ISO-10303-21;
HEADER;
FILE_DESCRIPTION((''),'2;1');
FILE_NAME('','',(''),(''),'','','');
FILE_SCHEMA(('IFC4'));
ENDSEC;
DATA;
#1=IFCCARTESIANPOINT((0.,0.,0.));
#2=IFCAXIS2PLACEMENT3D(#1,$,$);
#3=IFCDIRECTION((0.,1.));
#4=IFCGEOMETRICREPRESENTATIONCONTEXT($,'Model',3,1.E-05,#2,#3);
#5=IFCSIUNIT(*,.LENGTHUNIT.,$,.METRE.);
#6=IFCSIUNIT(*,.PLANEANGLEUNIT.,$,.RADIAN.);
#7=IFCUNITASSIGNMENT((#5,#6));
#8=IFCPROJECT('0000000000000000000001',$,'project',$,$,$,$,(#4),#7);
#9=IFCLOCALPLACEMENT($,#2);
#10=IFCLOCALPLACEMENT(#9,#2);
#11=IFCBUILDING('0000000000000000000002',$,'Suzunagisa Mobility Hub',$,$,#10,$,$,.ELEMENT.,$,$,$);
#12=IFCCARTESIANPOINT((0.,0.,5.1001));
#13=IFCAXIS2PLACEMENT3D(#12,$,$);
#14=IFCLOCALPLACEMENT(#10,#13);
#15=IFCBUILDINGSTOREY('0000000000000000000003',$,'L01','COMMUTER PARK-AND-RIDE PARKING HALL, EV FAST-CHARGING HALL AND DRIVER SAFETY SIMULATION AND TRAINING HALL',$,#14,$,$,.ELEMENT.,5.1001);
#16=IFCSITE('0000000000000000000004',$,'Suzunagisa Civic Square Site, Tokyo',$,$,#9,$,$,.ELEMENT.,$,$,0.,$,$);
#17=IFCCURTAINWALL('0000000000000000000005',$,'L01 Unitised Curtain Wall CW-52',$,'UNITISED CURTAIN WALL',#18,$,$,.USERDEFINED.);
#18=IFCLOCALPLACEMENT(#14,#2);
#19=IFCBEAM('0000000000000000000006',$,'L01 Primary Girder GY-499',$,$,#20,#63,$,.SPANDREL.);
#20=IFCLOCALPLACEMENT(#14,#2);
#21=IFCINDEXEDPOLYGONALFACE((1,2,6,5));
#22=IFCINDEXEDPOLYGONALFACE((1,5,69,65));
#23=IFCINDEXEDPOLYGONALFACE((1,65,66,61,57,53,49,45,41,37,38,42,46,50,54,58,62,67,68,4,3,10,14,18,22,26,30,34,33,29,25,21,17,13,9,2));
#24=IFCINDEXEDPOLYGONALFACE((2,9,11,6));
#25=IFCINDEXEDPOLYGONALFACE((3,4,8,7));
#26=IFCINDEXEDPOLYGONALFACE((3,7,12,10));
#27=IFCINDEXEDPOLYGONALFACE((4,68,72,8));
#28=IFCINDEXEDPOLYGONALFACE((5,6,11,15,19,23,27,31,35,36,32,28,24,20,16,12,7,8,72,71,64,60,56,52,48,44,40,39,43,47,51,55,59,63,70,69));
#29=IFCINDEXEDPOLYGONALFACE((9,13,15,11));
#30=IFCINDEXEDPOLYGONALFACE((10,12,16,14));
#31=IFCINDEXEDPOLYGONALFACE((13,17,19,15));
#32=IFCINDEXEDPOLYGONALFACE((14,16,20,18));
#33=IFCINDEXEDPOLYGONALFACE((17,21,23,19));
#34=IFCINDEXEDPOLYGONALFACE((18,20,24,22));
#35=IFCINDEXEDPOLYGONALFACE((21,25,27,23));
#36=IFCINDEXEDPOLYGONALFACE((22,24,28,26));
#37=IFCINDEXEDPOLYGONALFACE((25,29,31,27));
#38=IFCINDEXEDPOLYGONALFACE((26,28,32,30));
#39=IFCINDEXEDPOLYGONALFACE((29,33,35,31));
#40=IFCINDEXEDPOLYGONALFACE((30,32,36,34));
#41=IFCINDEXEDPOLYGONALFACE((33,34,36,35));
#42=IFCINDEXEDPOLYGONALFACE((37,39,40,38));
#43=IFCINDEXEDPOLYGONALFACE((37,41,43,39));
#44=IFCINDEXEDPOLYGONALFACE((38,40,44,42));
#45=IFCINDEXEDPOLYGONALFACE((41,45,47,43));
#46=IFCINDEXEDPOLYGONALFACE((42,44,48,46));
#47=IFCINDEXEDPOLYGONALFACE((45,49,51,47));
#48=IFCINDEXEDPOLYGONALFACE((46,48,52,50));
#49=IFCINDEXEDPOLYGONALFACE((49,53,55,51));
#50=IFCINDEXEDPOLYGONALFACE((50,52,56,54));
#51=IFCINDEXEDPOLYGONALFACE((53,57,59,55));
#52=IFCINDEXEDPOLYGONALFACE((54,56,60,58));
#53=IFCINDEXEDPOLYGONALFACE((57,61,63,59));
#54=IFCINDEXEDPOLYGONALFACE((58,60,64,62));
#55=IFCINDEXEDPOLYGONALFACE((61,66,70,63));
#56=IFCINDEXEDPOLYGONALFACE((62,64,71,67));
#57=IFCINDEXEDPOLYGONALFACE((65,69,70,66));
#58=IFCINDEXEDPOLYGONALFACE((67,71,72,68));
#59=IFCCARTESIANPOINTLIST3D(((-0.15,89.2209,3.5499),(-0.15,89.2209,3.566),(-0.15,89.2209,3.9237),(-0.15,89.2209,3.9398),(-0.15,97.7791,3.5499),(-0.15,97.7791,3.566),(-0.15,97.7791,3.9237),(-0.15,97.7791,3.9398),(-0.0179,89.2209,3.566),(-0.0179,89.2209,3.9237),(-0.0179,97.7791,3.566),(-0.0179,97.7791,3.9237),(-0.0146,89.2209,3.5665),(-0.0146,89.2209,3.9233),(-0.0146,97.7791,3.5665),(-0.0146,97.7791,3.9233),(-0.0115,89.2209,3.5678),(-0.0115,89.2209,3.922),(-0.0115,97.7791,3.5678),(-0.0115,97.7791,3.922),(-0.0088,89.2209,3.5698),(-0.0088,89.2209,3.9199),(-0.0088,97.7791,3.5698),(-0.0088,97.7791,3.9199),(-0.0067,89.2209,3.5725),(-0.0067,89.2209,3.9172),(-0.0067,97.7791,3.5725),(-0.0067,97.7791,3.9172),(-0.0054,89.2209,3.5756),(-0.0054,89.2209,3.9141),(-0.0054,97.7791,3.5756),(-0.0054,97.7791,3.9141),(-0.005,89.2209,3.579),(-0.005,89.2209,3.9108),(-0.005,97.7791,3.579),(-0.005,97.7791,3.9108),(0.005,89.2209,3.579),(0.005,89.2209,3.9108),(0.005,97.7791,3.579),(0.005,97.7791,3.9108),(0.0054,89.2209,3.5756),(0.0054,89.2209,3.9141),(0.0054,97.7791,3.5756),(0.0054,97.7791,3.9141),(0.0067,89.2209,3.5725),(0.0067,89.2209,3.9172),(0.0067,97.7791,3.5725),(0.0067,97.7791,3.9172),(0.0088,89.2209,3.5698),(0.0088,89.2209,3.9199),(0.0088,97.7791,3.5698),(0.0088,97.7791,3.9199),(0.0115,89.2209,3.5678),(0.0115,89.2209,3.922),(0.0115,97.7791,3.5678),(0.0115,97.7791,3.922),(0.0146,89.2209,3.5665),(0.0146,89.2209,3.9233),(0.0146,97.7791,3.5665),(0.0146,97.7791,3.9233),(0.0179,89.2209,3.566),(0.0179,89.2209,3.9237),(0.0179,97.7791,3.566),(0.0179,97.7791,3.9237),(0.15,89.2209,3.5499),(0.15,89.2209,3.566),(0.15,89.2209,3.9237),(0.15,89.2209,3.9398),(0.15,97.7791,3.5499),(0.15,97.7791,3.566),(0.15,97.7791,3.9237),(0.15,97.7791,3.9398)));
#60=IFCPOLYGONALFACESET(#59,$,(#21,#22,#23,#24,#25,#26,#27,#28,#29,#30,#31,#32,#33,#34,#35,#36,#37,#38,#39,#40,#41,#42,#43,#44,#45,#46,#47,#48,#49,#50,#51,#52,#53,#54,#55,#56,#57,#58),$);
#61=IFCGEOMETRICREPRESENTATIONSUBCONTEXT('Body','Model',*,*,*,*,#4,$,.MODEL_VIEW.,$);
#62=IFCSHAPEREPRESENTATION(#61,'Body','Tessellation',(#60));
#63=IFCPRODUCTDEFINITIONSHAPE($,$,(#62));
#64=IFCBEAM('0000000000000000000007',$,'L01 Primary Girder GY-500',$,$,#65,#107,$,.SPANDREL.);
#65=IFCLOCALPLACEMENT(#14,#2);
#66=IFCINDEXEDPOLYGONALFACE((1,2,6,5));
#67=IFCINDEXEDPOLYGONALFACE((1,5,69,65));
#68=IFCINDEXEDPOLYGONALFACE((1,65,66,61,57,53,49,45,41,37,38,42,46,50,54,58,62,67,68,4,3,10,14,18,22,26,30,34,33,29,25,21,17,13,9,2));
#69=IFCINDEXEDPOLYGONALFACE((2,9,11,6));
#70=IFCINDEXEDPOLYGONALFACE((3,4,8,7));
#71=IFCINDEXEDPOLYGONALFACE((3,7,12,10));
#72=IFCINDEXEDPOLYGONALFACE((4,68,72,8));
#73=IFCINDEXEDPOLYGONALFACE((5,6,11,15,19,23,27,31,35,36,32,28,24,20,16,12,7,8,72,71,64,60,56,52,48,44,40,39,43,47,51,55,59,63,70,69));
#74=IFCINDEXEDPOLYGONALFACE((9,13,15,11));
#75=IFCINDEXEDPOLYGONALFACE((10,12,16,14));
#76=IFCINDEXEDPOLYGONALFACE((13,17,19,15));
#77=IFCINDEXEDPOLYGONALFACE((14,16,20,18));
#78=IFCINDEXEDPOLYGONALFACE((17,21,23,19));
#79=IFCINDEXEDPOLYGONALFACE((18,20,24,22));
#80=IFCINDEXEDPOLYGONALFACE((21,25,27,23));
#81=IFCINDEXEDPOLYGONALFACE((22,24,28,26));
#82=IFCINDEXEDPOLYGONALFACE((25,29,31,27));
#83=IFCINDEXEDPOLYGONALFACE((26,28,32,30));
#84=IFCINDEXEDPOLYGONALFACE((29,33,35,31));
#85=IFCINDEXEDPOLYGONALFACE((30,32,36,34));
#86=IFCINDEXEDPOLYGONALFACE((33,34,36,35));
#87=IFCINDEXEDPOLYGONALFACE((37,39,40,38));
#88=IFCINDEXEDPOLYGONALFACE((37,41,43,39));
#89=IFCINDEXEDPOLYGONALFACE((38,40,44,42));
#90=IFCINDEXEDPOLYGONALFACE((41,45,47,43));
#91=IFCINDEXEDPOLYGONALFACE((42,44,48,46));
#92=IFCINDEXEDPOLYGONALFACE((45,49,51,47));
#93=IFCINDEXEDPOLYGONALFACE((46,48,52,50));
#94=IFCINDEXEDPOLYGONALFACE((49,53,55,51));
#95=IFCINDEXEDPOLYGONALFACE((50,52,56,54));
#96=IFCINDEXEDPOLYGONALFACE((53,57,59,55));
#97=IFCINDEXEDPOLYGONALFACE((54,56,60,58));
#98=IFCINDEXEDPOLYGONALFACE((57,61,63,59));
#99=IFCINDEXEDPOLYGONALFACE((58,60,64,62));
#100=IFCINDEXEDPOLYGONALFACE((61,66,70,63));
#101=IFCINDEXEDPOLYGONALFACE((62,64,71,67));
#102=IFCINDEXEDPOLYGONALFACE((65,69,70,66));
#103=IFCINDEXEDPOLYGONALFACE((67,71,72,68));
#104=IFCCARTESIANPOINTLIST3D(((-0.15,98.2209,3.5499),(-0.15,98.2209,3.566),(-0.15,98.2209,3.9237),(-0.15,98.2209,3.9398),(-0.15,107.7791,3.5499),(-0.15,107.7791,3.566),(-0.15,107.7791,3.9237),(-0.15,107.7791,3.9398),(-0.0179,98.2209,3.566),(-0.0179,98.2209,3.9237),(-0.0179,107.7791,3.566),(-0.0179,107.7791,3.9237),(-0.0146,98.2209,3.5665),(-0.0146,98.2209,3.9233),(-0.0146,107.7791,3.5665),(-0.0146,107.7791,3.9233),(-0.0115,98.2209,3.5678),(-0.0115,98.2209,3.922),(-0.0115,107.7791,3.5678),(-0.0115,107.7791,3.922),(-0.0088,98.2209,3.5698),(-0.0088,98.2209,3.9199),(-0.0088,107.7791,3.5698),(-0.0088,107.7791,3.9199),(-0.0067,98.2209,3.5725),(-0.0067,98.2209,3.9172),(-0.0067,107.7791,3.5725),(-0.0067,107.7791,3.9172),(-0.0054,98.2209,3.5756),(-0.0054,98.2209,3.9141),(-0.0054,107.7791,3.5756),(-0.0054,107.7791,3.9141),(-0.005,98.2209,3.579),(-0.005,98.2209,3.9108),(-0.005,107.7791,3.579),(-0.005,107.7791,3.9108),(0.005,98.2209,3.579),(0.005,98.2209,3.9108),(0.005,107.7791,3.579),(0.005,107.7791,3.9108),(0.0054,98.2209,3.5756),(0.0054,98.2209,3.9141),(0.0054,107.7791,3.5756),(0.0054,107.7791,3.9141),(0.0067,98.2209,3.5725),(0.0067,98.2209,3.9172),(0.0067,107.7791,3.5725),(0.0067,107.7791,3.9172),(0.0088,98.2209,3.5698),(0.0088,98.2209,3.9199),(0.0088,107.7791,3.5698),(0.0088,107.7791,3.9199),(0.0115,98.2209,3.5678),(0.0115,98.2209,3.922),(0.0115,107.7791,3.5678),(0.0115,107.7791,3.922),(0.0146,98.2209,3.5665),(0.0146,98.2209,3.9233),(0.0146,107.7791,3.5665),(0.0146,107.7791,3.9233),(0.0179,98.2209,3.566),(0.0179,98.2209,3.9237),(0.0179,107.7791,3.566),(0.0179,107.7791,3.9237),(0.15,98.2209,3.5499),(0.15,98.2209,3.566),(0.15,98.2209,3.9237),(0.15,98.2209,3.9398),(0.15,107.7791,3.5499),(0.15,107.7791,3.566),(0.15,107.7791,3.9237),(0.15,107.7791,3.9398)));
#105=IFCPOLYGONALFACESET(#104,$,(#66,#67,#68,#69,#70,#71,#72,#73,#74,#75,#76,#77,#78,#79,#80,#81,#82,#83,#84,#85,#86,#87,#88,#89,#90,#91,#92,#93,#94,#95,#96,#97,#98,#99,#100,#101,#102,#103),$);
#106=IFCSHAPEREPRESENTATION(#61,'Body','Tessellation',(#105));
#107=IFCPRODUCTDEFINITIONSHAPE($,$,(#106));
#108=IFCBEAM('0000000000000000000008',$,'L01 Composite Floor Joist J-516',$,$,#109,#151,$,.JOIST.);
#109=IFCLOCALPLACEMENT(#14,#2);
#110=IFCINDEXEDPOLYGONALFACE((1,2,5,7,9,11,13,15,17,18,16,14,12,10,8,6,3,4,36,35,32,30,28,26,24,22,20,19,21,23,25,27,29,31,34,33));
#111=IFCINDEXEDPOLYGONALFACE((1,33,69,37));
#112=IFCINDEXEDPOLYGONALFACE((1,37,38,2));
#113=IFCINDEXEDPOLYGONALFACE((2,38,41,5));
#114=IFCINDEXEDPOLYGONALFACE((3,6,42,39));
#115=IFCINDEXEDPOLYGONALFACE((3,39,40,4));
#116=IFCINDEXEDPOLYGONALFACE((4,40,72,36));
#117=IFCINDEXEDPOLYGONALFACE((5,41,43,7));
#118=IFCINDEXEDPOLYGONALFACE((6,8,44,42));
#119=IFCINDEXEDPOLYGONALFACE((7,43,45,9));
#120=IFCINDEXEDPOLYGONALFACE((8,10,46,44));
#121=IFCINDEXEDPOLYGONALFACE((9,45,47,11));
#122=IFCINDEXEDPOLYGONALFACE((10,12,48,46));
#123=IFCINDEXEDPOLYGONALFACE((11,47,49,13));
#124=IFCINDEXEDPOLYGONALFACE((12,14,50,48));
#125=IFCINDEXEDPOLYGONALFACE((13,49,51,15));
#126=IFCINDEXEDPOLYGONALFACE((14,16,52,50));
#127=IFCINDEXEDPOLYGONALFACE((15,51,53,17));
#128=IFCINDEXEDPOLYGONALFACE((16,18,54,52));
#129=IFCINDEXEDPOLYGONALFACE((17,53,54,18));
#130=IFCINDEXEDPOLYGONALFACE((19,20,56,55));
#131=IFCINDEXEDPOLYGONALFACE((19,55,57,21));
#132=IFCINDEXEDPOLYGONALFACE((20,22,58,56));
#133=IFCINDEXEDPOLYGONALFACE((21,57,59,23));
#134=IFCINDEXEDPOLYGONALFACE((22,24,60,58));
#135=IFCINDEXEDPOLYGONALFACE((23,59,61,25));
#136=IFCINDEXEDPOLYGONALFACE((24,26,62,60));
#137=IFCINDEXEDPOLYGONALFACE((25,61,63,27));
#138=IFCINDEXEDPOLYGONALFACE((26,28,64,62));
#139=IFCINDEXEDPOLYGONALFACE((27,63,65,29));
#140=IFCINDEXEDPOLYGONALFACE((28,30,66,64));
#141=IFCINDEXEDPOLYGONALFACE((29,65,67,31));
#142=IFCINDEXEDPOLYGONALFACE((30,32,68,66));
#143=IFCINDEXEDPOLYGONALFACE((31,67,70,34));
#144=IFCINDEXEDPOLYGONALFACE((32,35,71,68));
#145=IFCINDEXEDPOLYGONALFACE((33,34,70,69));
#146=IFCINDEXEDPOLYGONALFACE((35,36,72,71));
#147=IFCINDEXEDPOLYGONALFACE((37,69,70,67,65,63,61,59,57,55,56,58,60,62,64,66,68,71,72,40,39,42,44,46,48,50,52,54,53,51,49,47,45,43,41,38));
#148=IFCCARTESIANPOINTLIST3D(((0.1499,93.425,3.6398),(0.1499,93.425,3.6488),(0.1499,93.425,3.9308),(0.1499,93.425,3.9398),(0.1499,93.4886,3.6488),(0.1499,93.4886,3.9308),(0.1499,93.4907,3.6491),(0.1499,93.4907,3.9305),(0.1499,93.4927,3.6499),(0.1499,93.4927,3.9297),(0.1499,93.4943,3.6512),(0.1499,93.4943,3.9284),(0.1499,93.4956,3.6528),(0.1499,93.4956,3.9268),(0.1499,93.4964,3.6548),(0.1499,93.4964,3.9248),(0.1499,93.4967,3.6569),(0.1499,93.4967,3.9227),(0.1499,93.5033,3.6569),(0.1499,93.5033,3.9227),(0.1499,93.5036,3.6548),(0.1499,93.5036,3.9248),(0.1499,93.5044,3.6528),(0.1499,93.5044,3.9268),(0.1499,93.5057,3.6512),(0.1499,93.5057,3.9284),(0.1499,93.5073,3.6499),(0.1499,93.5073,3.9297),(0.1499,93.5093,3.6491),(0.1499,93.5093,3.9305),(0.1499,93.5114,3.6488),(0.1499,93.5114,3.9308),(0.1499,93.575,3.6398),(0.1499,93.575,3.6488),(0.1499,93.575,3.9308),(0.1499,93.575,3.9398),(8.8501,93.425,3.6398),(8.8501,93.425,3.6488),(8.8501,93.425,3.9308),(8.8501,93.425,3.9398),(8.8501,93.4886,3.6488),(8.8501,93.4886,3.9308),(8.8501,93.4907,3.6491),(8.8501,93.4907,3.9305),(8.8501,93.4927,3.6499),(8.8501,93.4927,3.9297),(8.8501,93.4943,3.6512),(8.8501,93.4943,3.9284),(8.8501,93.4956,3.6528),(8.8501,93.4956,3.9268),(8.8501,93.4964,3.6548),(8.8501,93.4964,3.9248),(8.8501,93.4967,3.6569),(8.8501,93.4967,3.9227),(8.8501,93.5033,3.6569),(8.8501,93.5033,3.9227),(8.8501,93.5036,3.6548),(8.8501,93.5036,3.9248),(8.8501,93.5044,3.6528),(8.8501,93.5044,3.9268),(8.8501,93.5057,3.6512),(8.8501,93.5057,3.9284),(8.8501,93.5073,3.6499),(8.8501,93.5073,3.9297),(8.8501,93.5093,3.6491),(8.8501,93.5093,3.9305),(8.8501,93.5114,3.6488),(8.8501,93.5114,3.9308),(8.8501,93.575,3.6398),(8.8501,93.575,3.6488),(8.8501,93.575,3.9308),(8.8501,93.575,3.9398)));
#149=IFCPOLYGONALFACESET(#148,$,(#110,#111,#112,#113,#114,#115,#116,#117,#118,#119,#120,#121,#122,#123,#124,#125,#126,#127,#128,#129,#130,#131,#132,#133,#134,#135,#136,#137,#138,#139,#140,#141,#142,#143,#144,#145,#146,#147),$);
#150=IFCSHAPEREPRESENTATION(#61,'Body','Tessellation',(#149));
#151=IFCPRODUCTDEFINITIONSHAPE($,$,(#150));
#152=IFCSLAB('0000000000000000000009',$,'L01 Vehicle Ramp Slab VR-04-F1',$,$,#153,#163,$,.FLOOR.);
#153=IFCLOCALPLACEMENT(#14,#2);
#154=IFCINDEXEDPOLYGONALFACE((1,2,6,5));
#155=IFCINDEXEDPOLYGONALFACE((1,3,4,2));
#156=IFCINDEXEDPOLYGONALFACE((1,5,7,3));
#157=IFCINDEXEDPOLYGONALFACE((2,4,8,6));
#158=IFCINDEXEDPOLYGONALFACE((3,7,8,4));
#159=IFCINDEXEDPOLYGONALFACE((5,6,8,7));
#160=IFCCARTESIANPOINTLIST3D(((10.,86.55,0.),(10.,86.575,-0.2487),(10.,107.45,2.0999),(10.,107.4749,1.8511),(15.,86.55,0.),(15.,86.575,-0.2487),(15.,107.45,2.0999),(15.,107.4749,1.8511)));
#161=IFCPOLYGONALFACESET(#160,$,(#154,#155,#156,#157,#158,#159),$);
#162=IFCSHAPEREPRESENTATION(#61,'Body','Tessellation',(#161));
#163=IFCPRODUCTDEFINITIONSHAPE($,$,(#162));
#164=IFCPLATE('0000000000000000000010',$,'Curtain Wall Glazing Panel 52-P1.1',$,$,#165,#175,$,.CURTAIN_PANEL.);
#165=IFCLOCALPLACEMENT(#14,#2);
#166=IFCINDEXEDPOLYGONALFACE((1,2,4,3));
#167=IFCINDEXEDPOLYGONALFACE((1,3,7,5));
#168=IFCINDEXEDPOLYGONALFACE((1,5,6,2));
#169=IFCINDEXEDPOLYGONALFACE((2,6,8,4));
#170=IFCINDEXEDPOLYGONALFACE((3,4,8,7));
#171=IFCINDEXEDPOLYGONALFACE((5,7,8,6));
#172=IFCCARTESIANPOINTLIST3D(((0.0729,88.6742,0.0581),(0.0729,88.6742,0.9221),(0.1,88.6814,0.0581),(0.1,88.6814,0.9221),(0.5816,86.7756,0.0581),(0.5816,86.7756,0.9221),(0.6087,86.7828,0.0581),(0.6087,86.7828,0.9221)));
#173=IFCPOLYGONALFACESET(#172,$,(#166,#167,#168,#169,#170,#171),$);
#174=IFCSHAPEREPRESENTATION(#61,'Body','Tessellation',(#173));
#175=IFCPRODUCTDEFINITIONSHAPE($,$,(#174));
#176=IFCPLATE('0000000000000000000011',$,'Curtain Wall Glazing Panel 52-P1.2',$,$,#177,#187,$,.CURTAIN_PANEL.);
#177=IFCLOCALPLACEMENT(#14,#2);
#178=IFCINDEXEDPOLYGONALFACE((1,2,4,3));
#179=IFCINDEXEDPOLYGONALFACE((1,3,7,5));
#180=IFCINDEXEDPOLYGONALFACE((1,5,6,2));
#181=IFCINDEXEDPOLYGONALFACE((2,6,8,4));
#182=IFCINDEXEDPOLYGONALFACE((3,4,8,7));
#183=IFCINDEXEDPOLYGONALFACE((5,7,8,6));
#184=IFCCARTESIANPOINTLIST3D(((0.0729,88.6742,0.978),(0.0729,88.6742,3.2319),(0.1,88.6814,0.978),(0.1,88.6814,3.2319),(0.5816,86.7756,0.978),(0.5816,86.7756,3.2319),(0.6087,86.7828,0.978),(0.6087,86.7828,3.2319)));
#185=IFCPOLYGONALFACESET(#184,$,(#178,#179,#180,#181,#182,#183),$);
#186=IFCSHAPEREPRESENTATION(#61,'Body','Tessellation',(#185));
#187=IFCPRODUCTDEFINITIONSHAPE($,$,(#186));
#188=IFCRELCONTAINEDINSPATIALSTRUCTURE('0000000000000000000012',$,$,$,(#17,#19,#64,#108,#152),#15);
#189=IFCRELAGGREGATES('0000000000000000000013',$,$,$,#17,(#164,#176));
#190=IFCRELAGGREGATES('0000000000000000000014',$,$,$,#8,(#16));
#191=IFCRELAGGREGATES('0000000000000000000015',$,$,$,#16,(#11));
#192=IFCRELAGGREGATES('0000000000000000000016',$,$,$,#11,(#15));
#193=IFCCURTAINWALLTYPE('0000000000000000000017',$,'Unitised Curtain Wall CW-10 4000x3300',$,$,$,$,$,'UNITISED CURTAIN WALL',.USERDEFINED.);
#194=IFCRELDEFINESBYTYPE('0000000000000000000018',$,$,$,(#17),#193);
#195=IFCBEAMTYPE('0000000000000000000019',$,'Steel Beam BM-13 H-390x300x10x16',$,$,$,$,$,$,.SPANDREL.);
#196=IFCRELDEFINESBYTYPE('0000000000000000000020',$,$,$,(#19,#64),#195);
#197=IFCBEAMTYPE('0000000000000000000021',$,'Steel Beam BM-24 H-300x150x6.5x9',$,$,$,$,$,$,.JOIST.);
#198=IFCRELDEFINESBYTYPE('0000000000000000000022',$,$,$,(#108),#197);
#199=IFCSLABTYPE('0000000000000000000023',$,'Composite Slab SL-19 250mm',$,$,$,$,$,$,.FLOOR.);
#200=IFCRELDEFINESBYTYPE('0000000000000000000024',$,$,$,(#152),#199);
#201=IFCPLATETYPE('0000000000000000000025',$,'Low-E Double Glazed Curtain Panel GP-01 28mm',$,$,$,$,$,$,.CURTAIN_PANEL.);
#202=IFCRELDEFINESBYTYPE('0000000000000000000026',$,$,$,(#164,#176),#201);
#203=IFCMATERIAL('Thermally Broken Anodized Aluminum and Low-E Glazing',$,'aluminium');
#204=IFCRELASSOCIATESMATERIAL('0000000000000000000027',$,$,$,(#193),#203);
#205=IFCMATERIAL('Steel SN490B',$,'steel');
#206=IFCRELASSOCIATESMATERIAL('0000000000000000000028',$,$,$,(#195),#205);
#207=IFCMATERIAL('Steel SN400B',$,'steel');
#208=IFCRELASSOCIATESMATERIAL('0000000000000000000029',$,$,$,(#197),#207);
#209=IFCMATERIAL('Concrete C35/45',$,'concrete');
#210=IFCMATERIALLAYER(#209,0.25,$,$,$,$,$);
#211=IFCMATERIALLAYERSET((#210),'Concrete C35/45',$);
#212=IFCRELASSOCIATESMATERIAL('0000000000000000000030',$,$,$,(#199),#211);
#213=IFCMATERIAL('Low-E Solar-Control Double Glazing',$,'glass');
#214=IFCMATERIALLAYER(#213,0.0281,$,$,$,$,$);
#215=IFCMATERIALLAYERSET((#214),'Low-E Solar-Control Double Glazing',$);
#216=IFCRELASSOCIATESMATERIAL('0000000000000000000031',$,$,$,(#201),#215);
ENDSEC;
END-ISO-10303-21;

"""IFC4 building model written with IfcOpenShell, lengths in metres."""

from ifc_helpers import new_model, si_unit, direction, frame, origin, origin_2d, place, context, subcontext, project, spatial, polyline, rectangle, i_section, outline, extrude, material, layer, layer_set, material_profile, profile_set, type_object, element, aggregate, save


model = new_model("IFC4")

# Units and contexts
model_context = context("Model", 3, precision=1e-05, world=origin(), true_north=direction((0.0, 1.0)))
body_context = subcontext(model_context, "Body", "Model", "MODEL_VIEW")
ifc_project = project(units=[si_unit("LENGTHUNIT", "METRE"), si_unit("PLANEANGLEUNIT", "RADIAN")], contexts=[model_context])

# Site, building, storey
site_placement = place(None, origin())
site = spatial("IfcSite", under=ifc_project, at=site_placement, Name="Suzunagisa Civic Square Site, Tokyo", CompositionType="ELEMENT", RefElevation=0.0)
building_placement = place(site_placement, origin())
building = spatial("IfcBuilding", under=site, at=building_placement, Name="Suzunagisa Mobility Hub", CompositionType="ELEMENT")
storey_placement = place(building_placement, frame((0.0, 0.0, 5.1001)))
storey = spatial("IfcBuildingStorey", under=building, at=storey_placement, Name="L01", Description="COMMUTER PARK-AND-RIDE PARKING HALL, EV FAST-CHARGING HALL AND DRIVER SAFETY SIMULATION AND TRAINING HALL", CompositionType="ELEMENT", Elevation=5.1001)

# Shared definitions
ifc_material_1 = material(Name="Steel SN490B", Category="steel")

# Curtain wall
ifc_material_2 = material(Name="Thermally Broken Anodized Aluminum and Low-E Glazing", Category="aluminium")
curtain_wall_type_1 = type_object("IfcCurtainWallType", Name="Unitised Curtain Wall CW-10 4000x3300", ElementType="UNITISED CURTAIN WALL", PredefinedType="USERDEFINED", material=ifc_material_2)
curtain_wall_1_placement = place(storey_placement, origin())
curtain_wall_1 = element("IfcCurtainWall", 1, at=curtain_wall_1_placement, inside=storey, type_object=curtain_wall_type_1, Name="L01 Unitised Curtain Wall CW-52", ObjectType="UNITISED CURTAIN WALL", PredefinedType="USERDEFINED")

# Beams
ifc_material_profile_1 = material_profile(ifc_material_1, i_section(OverallWidth=0.3, OverallDepth=0.3899, WebThickness=0.01, FlangeThickness=0.0161, FilletRadius=0.0129, at=origin_2d()), Name="H-390x300x10x16")
ifc_profile_set_1 = profile_set([ifc_material_profile_1], Name="Steel SN490B")
beam_type_1 = type_object("IfcBeamType", Name="Steel Beam BM-13 H-390x300x10x16", PredefinedType="SPANDREL", material=ifc_profile_set_1)
beam_1_placement = place(storey_placement, frame((0.0, 89.2209, 3.7449), z_axis=(0.0, 1.0, 0.0), x_axis=(-1.0, 0.0, 0.0)))
element("IfcBeam", 2, at=beam_1_placement, inside=storey, type_object=beam_type_1, Name="L01 Primary Girder GY-499", PredefinedType="SPANDREL", context=body_context, shape_type="SweptSolid", body=[
    extrude(i_section(OverallWidth=0.3, OverallDepth=0.3899, WebThickness=0.01, FlangeThickness=0.0161, FilletRadius=0.0129, at=origin_2d()), origin(), (0.0, 0.0, 1.0), 8.5581),
])
beam_2_placement = place(storey_placement, frame((0.0, 98.2209, 3.7449), z_axis=(0.0, 1.0, 0.0), x_axis=(-1.0, 0.0, 0.0)))
element("IfcBeam", 3, at=beam_2_placement, inside=storey, type_object=beam_type_1, Name="L01 Primary Girder GY-500", PredefinedType="SPANDREL", context=body_context, shape_type="SweptSolid", body=[
    extrude(i_section(OverallWidth=0.3, OverallDepth=0.3899, WebThickness=0.01, FlangeThickness=0.0161, FilletRadius=0.0129, at=origin_2d()), origin(), (0.0, 0.0, 1.0), 9.5581),
])
ifc_material_3 = material(Name="Steel SN400B", Category="steel")
ifc_material_profile_2 = material_profile(ifc_material_3, i_section(OverallWidth=0.1499, OverallDepth=0.3, WebThickness=0.0066, FlangeThickness=0.009, FilletRadius=0.0081, at=origin_2d()), Name="H-300x150x6.5x9")
ifc_profile_set_2 = profile_set([ifc_material_profile_2], Name="Steel SN400B")
beam_type_2 = type_object("IfcBeamType", Name="Steel Beam BM-24 H-300x150x6.5x9", PredefinedType="JOIST", material=ifc_profile_set_2)
beam_3_placement = place(storey_placement, frame((0.1499, 93.5, 3.7898), z_axis=(1.0, 0.0, 0.0), x_axis=(0.0, 1.0, 0.0)))
element("IfcBeam", 4, at=beam_3_placement, inside=storey, type_object=beam_type_2, Name="L01 Composite Floor Joist J-516", PredefinedType="JOIST", context=body_context, shape_type="SweptSolid", body=[
    extrude(i_section(OverallWidth=0.1499, OverallDepth=0.3, WebThickness=0.0066, FlangeThickness=0.009, FilletRadius=0.0081, at=origin_2d()), origin(), (0.0, 0.0, 1.0), 8.7002),
])

# Slab
ifc_material_4 = material(Name="Concrete C35/45", Category="concrete")
ifc_layer_1 = layer(ifc_material_4, 0.25)
ifc_layer_set_1 = layer_set([ifc_layer_1], Name="Concrete C35/45")
slab_type = type_object("IfcSlabType", Name="Composite Slab SL-19 250mm", PredefinedType="FLOOR", material=ifc_layer_set_1)
slab_placement = place(storey_placement, frame((10.0, 86.55, 0.0), z_axis=(0.0, -0.099969, 0.994991), x_axis=(1.0, 0.0, 0.0)))
element("IfcSlab", 5, at=slab_placement, inside=storey, type_object=slab_type, Name="L01 Vehicle Ramp Slab VR-04-F1", PredefinedType="FLOOR", context=body_context, shape_type="SweptSolid", body=[
    extrude(outline(polyline([(0.0, 0.0), (5.0, 0.0), (5.0, 21.0051), (0.0, 21.0051), (0.0, 0.0)])), origin(), (0.0, 0.0, -1.0), 0.25),
])

# Plates
ifc_material_5 = material(Name="Low-E Solar-Control Double Glazing", Category="glass")
ifc_layer_2 = layer(ifc_material_5, 0.0281)
ifc_layer_set_2 = layer_set([ifc_layer_2], Name="Low-E Solar-Control Double Glazing")
plate_type = type_object("IfcPlateType", Name="Low-E Double Glazed Curtain Panel GP-01 28mm", PredefinedType="CURTAIN_PANEL", material=ifc_layer_set_2)
plate_1_placement = place(storey_placement, frame((0.3408, 87.7285, 0.0581), z_axis=(0.0, 0.0, 1.0), x_axis=(0.258821, -0.965925, 0.0)))
plate_1 = element("IfcPlate", 6, at=plate_1_placement, type_object=plate_type, Name="Curtain Wall Glazing Panel 52-P1.1", PredefinedType="CURTAIN_PANEL", context=body_context, shape_type="SweptSolid", body=[
    extrude(rectangle(XDim=1.9656, YDim=0.0281, at=origin_2d()), origin(), (0.0, 0.0, 1.0), 0.864),
])
plate_2_placement = place(storey_placement, frame((0.3408, 87.7285, 0.978), z_axis=(0.0, 0.0, 1.0), x_axis=(0.258821, -0.965925, 0.0)))
plate_2 = element("IfcPlate", 7, at=plate_2_placement, type_object=plate_type, Name="Curtain Wall Glazing Panel 52-P1.2", PredefinedType="CURTAIN_PANEL", context=body_context, shape_type="SweptSolid", body=[
    extrude(rectangle(XDim=1.9656, YDim=0.0281, at=origin_2d()), origin(), (0.0, 0.0, 1.0), 2.2539),
])
aggregate(curtain_wall_1, [plate_1, plate_2])

save(model, "model.ifc")
